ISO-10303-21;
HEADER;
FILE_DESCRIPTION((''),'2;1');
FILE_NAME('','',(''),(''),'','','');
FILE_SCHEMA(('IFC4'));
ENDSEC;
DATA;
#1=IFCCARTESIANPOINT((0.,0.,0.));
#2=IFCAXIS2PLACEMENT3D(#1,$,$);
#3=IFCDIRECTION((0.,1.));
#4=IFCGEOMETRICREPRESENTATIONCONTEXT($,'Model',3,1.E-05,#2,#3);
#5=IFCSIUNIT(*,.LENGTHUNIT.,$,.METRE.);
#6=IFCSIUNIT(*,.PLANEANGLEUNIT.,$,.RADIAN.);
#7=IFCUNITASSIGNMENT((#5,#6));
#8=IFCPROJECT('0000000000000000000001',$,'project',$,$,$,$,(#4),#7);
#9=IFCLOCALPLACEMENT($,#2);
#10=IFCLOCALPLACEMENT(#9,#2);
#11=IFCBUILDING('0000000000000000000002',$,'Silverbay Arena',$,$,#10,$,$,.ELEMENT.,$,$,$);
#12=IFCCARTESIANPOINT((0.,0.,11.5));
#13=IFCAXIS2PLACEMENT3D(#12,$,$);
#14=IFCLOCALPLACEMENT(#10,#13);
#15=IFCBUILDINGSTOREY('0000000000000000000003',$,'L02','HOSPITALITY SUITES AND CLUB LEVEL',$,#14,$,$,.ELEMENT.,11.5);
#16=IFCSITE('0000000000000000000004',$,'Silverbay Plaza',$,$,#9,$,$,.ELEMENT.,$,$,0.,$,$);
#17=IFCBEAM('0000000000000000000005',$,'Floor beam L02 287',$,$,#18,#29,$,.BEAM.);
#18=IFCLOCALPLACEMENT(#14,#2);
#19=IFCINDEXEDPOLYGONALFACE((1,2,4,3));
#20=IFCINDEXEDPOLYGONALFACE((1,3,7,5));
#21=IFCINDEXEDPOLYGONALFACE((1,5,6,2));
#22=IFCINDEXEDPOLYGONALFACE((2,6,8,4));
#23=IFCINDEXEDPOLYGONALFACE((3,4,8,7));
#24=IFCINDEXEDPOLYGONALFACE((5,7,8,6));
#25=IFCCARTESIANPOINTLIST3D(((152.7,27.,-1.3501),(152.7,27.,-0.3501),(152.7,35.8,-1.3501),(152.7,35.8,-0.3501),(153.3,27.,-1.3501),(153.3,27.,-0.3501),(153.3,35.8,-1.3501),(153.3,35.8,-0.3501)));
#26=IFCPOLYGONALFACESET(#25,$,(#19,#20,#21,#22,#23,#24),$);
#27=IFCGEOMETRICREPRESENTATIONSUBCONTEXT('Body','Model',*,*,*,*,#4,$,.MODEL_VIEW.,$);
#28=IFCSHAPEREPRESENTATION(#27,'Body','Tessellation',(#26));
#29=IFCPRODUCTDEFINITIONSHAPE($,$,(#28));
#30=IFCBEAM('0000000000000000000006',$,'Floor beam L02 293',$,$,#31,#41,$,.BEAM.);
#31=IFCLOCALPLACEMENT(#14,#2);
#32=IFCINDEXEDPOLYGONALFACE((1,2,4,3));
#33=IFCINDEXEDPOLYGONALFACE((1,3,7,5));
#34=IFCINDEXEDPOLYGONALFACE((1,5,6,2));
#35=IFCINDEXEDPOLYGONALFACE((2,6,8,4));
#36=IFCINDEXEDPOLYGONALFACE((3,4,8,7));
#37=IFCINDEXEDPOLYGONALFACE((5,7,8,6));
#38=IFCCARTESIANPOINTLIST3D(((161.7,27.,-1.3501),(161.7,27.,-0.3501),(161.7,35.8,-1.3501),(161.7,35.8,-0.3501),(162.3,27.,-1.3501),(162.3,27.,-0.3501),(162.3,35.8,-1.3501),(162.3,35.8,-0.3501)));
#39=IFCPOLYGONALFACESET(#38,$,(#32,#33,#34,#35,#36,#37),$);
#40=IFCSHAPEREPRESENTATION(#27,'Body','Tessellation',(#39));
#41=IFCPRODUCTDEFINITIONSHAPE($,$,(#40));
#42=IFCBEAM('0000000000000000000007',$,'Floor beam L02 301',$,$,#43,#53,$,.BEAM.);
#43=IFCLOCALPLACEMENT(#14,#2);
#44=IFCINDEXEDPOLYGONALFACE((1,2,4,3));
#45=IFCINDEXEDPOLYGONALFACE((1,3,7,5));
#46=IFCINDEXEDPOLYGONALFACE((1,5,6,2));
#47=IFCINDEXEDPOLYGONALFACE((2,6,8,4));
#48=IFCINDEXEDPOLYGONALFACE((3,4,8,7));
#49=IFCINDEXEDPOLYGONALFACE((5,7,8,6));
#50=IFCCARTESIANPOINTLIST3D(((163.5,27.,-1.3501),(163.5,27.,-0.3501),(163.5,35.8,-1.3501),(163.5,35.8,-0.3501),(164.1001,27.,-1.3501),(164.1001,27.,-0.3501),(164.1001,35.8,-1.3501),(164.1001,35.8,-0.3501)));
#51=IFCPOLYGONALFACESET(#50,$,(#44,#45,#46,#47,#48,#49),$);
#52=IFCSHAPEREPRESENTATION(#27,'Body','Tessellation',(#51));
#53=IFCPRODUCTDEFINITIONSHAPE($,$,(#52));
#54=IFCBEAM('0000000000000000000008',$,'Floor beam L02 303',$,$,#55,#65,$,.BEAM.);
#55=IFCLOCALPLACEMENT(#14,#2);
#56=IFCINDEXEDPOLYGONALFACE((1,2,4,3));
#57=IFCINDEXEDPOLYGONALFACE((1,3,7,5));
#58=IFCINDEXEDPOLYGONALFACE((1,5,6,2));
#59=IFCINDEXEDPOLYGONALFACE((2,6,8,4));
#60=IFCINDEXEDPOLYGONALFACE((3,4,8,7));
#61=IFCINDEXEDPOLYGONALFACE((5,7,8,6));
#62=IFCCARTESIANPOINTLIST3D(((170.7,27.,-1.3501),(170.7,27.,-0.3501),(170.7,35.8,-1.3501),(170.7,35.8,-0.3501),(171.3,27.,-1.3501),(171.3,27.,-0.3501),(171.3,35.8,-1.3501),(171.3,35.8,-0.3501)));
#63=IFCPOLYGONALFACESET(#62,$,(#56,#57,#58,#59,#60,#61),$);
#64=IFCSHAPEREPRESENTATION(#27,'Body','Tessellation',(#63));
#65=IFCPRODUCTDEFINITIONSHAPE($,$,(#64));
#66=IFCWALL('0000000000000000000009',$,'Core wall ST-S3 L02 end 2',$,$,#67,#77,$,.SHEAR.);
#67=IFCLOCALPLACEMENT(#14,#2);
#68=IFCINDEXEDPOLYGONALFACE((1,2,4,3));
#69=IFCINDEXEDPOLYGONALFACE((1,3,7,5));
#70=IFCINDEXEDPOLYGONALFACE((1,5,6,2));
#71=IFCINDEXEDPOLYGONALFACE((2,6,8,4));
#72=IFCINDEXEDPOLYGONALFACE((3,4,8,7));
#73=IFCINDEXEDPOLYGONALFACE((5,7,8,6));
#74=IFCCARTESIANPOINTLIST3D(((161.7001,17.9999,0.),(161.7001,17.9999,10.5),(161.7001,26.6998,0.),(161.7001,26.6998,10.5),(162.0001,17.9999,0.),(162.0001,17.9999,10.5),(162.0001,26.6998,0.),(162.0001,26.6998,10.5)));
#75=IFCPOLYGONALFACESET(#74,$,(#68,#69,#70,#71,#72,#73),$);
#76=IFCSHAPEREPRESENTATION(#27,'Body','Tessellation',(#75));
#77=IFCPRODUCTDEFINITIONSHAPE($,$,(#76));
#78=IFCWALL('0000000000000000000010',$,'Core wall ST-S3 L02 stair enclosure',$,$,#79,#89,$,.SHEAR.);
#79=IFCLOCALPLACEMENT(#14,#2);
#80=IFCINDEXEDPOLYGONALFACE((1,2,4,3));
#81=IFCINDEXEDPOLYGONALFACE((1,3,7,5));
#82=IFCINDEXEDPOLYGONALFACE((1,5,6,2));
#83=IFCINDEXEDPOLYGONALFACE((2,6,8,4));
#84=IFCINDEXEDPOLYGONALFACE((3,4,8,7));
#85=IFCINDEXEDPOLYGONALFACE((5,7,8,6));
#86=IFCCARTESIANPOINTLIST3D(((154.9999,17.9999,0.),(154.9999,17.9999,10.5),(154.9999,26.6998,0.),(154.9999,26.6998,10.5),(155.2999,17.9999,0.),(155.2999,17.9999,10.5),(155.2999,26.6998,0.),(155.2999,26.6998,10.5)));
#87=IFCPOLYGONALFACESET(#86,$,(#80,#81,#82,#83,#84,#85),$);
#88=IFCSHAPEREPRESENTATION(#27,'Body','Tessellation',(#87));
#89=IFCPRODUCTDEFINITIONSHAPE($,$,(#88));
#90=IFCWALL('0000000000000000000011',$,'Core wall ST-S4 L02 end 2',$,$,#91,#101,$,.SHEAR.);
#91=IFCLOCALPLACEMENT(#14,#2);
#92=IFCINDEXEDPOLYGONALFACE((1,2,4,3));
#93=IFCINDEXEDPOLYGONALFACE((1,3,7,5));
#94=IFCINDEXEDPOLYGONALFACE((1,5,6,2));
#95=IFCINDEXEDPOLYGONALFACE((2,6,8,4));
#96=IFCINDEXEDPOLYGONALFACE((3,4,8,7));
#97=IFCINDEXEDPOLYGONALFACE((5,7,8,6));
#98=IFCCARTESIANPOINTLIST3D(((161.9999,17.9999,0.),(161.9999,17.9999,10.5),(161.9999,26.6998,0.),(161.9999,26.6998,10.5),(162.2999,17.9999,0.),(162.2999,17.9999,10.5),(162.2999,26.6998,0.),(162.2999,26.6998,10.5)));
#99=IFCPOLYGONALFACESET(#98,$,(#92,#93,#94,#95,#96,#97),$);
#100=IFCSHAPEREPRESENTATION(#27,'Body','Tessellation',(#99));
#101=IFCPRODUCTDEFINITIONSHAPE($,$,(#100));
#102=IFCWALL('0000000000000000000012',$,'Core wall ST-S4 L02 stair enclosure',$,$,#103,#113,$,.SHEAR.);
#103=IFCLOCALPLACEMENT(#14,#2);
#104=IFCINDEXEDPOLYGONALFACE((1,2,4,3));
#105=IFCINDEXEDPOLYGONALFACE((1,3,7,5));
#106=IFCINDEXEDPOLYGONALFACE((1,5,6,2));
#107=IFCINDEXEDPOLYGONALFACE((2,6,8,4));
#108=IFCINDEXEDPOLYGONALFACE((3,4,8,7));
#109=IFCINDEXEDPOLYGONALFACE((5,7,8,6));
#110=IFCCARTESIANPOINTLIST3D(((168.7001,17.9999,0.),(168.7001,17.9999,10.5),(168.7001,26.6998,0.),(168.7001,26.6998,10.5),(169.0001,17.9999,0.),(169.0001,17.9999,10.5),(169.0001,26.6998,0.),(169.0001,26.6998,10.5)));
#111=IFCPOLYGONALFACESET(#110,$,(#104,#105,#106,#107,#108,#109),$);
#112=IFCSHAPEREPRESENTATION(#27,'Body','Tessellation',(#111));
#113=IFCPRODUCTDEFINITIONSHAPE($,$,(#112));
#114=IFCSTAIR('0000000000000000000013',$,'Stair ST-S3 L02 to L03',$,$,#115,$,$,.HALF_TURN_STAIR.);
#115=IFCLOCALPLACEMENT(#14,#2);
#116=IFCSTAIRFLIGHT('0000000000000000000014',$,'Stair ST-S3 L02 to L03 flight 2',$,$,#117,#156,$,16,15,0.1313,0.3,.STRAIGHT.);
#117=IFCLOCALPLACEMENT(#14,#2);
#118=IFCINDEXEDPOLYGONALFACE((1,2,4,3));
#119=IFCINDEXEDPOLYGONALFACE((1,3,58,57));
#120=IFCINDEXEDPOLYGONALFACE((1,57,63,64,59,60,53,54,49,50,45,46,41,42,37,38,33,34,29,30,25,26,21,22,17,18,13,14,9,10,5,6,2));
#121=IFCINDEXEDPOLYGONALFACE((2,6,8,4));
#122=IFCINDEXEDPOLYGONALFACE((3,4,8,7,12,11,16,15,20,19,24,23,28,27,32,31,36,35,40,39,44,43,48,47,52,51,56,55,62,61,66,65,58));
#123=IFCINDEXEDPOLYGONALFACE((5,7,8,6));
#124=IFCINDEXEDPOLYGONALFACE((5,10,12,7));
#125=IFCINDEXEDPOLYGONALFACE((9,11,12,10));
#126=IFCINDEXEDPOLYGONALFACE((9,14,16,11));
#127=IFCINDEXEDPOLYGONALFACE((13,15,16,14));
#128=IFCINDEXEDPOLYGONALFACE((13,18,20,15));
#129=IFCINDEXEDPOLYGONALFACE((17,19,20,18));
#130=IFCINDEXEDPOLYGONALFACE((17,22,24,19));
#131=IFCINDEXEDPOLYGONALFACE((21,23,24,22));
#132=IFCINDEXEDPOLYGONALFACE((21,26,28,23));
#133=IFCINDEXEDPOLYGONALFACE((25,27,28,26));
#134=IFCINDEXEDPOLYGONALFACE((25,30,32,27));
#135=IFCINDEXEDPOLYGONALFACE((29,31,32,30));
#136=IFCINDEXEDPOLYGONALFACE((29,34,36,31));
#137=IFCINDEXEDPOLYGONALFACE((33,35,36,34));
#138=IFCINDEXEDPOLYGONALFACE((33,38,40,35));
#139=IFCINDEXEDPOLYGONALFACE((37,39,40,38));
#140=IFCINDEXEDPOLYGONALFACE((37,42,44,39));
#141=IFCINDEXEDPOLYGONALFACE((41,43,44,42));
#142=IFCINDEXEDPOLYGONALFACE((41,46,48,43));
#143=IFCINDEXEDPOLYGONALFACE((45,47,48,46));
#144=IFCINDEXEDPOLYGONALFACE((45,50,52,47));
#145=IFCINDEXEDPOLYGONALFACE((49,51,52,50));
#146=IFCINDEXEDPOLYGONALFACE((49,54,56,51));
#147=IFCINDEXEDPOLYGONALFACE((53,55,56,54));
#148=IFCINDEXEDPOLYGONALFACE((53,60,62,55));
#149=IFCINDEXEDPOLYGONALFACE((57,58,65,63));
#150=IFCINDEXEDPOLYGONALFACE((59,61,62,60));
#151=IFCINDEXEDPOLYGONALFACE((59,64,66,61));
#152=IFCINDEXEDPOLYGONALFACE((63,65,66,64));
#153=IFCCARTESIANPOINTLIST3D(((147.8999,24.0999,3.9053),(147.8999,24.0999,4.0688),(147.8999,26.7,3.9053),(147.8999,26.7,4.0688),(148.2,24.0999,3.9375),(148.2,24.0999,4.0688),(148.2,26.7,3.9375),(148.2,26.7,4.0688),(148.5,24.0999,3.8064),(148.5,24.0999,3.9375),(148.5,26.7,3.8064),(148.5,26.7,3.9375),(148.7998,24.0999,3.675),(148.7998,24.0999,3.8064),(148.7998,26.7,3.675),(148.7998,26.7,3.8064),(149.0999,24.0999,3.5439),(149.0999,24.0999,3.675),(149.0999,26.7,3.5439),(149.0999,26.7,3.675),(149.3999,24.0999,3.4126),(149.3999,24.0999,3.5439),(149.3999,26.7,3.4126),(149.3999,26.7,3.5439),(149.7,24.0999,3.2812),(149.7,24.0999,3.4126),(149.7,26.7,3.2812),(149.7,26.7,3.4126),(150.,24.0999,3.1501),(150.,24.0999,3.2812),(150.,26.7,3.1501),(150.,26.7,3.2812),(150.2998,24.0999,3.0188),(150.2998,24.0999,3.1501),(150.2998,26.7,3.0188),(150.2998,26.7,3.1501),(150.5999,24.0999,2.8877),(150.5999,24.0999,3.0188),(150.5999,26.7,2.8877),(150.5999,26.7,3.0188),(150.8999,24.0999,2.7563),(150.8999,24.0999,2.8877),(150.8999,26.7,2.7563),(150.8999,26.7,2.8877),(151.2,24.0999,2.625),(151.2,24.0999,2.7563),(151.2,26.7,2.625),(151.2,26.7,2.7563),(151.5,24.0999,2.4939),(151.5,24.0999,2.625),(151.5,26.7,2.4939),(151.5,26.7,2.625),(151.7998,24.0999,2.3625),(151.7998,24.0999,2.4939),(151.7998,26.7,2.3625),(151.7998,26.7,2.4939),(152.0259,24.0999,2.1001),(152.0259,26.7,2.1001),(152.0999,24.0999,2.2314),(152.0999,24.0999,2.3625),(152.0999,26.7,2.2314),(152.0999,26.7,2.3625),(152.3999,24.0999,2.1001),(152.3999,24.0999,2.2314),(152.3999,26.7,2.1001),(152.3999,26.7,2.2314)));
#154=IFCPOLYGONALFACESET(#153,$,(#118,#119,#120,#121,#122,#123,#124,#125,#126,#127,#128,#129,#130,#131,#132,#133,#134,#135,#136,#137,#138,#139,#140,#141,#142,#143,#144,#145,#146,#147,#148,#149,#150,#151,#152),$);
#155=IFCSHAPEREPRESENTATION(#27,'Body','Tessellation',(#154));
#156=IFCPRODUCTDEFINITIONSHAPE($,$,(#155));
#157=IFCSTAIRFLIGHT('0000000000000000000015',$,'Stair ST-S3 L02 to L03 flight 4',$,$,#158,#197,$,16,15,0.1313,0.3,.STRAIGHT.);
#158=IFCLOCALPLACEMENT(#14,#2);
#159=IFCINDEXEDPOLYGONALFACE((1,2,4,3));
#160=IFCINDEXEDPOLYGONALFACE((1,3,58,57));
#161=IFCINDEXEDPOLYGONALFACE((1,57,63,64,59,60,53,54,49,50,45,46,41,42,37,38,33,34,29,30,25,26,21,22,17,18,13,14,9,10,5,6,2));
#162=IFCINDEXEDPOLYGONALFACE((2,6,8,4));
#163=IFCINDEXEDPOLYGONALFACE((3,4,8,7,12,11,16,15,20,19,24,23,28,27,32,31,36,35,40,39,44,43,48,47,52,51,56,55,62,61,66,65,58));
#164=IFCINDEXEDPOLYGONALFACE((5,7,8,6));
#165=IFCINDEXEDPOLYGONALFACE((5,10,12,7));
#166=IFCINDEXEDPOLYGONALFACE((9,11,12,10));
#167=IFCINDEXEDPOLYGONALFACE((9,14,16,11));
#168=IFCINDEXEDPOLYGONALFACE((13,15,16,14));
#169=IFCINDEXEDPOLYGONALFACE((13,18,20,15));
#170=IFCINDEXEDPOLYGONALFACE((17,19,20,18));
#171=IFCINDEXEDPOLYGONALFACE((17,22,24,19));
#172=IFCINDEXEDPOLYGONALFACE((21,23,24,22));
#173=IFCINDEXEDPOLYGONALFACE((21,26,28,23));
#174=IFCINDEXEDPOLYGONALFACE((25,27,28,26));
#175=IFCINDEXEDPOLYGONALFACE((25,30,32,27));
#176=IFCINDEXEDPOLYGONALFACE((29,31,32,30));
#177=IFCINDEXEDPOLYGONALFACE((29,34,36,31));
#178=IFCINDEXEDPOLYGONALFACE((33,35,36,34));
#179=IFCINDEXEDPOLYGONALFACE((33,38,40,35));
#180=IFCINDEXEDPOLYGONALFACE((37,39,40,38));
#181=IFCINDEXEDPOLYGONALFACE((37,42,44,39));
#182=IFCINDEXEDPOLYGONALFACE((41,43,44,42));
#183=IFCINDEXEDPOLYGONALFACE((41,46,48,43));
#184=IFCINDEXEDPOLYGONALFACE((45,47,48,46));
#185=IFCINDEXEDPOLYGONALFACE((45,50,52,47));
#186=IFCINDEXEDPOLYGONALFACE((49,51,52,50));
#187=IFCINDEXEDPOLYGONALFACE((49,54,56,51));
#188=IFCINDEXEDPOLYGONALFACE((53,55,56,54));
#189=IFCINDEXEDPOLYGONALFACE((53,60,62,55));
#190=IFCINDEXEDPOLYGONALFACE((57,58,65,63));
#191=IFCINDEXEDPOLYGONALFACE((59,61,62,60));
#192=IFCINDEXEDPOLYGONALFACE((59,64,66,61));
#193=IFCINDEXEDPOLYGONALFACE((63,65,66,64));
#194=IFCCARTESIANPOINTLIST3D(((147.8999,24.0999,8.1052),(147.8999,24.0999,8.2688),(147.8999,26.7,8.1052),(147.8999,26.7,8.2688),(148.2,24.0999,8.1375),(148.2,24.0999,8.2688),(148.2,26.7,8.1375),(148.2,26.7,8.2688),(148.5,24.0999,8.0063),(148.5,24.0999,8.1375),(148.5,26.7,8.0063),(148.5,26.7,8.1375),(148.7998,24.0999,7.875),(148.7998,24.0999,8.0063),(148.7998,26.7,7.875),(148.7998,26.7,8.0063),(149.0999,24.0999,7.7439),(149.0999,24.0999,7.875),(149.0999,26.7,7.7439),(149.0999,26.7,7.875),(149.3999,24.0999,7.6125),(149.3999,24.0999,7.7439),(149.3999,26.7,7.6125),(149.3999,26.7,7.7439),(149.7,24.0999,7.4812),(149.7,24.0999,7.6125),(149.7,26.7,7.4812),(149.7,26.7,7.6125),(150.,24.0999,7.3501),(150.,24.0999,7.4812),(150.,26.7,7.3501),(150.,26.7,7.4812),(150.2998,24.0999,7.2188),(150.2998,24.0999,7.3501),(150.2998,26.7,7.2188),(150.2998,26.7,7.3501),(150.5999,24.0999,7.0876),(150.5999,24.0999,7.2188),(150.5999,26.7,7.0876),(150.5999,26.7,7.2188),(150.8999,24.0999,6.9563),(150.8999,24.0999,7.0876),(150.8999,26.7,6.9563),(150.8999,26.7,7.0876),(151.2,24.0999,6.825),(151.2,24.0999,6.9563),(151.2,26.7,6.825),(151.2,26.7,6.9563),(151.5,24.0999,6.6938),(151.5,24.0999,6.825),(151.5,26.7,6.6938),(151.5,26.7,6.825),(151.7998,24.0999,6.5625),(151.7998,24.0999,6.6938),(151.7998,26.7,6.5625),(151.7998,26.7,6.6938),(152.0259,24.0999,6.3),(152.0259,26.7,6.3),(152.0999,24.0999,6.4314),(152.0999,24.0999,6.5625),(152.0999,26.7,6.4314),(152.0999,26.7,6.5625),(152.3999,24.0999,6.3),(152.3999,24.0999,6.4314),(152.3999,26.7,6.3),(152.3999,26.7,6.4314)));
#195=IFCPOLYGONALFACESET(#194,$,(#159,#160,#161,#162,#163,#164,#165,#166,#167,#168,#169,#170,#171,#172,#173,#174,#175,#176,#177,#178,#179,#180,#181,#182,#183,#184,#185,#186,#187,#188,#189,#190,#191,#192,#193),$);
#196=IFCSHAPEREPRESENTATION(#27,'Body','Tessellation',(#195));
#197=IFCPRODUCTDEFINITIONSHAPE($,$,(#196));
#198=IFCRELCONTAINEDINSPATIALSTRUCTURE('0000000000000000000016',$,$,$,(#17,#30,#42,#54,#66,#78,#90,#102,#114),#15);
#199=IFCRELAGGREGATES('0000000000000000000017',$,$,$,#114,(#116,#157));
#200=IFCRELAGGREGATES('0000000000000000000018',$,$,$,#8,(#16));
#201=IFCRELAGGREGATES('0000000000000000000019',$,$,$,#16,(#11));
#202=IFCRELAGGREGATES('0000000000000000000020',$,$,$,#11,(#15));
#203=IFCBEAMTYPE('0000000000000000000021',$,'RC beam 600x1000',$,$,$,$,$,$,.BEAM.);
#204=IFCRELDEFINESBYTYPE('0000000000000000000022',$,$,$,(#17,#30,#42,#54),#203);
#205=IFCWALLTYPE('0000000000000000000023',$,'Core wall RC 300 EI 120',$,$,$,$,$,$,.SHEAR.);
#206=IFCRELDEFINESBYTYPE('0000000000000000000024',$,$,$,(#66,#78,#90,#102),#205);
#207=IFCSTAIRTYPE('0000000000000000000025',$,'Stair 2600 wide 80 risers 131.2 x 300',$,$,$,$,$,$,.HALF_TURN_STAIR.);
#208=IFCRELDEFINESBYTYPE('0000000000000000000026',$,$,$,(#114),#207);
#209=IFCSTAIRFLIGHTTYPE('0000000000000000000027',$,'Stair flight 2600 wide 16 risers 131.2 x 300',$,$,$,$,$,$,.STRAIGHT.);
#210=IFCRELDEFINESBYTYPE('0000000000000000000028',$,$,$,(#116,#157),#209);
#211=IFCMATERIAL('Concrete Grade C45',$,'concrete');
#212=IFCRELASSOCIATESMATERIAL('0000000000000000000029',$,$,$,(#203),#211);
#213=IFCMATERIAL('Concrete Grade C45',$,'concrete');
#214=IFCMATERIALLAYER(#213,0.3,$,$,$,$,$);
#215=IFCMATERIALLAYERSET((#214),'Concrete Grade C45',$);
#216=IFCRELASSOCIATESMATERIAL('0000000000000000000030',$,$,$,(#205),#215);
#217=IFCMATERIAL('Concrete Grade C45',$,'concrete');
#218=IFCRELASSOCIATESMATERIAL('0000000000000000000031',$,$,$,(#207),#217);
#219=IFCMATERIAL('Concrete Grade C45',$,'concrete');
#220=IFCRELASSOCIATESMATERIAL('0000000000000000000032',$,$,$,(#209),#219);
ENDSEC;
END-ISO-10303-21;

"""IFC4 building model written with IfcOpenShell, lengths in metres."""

from ifc_helpers import new_model, si_unit, direction, frame, frame_2d, origin, origin_2d, place, context, subcontext, project, spatial, polyline, rectangle, outline, extrude, material, layer, layer_set, material_profile, profile_set, type_object, element, aggregate, save


model = new_model("IFC4")

# Units and contexts
model_context = context("Model", 3, precision=1e-05, world=origin(), true_north=direction((0.0, 1.0)))
body_context = subcontext(model_context, "Body", "Model", "MODEL_VIEW")
ifc_project = project(units=[si_unit("LENGTHUNIT", "METRE"), si_unit("PLANEANGLEUNIT", "RADIAN")], contexts=[model_context])

# Site, building, storey
site_placement = place(None, origin())
site = spatial("IfcSite", under=ifc_project, at=site_placement, Name="Silverbay Plaza", CompositionType="ELEMENT", RefElevation=0.0)
building_placement = place(site_placement, origin())
building = spatial("IfcBuilding", under=site, at=building_placement, Name="Silverbay Arena", CompositionType="ELEMENT")
storey_placement = place(building_placement, frame((0.0, 0.0, 11.5)))
storey = spatial("IfcBuildingStorey", under=building, at=storey_placement, Name="L02", Description="HOSPITALITY SUITES AND CLUB LEVEL", CompositionType="ELEMENT", Elevation=11.5)

# Beams
ifc_material_1 = material(Name="Concrete Grade C45", Category="concrete")
ifc_material_profile_1 = material_profile(ifc_material_1, rectangle(XDim=0.6001, YDim=1.0, at=origin_2d()), Name="RC 600x1000")
ifc_profile_set_1 = profile_set([ifc_material_profile_1], Name="Concrete Grade C45")
beam_type = type_object("IfcBeamType", Name="RC beam 600x1000", PredefinedType="BEAM", material=ifc_profile_set_1)
for number, where, z_axis, x_axis, name in (
    (1, (153.0, 27.0, -0.8501), (0.0, 1.0, 0.0), (-1.0, 0.0, 0.0), "Floor beam L02 287"),
    (2, (162.0, 27.0, -0.8501), (0.0, 1.0, 0.0), (-1.0, 0.0, 0.0), "Floor beam L02 293"),
    (3, (163.8, 27.0, -0.8501), (0.0, 1.0, 0.0), (-1.0, 0.0, 0.0), "Floor beam L02 301"),
    (4, (171.0, 27.0, -0.8501), (0.0, 1.0, 0.0), (-1.0, 0.0, 0.0), "Floor beam L02 303"),
):
    element("IfcBeam", number, at=place(storey_placement, frame(where, z_axis=z_axis, x_axis=x_axis)), inside=storey, type_object=beam_type, Name=name, PredefinedType="BEAM", context=body_context, shape_type="SweptSolid", body=[
        extrude(rectangle(XDim=0.6001, YDim=1.0, at=origin_2d()), origin(), (0.0, 0.0, 1.0), 8.8),
    ])

# Walls
ifc_material_2 = material(Name="Concrete Grade C45", Category="concrete")
ifc_layer = layer(ifc_material_2, 0.3)
ifc_layer_set = layer_set([ifc_layer], Name="Concrete Grade C45")
wall_type = type_object("IfcWallType", Name="Core wall RC 300 EI 120", PredefinedType="SHEAR", material=ifc_layer_set)
for number, where, z_axis, x_axis, name in (
    (5, (161.8501, 26.7, 0.0), (0.0, 0.0, 1.0), (0.0, -1.0, 0.0), "Core wall ST-S3 L02 end 2"),
    (6, (155.1499, 26.7, 0.0), (0.0, 0.0, 1.0), (0.0, -1.0, 0.0), "Core wall ST-S3 L02 stair enclosure"),
    (7, (162.1499, 26.7, 0.0), (0.0, 0.0, 1.0), (0.0, -1.0, 0.0), "Core wall ST-S4 L02 end 2"),
    (8, (168.8501, 26.7, 0.0), (0.0, 0.0, 1.0), (0.0, -1.0, 0.0), "Core wall ST-S4 L02 stair enclosure"),
):
    element("IfcWall", number, at=place(storey_placement, frame(where, z_axis=z_axis, x_axis=x_axis)), inside=storey, type_object=wall_type, Name=name, PredefinedType="SHEAR", context=body_context, shape_type="SweptSolid", body=[
        extrude(rectangle(XDim=8.7, YDim=0.3, at=frame_2d((4.3501, 0.0))), origin(), (0.0, 0.0, 1.0), 10.5),
    ])

# Stair, stair flights
ifc_material_3 = material(Name="Concrete Grade C45", Category="concrete")
stair_type = type_object("IfcStairType", Name="Stair 2600 wide 80 risers 131.2 x 300", PredefinedType="HALF_TURN_STAIR", material=ifc_material_3)
stair_placement = place(storey_placement, origin())
stair = element("IfcStair", 9, at=stair_placement, inside=storey, type_object=stair_type, Name="Stair ST-S3 L02 to L03", PredefinedType="HALF_TURN_STAIR")
ifc_material_4 = material(Name="Concrete Grade C45", Category="concrete")
stair_flight_type = type_object("IfcStairFlightType", Name="Stair flight 2600 wide 16 risers 131.2 x 300", PredefinedType="STRAIGHT", material=ifc_material_4)
stair_flight_1_placement = place(storey_placement, frame((152.3999, 25.3999, 2.1001), z_axis=(0.0, 0.0, 1.0), x_axis=(-1.0, 0.0, 0.0)))
stair_flight_1 = element("IfcStairFlight", 10, at=stair_flight_1_placement, type_object=stair_flight_type, Name="Stair ST-S3 L02 to L03 flight 2", NumberOfRisers=16, NumberOfTreads=15, PredefinedType="STRAIGHT", RiserHeight=0.1313, TreadLength=0.3, context=body_context, shape_type="SweptSolid", body=[
    extrude(outline(polyline([(0.0, 0.0), (0.0, 0.1313), (0.3, 0.1313), (0.3, 0.2625), (0.6001, 0.2625), (0.6001, 0.3938), (0.8999, 0.3938), (0.8999, 0.5249), (1.2, 0.5249), (1.2, 0.6562), (1.5, 0.6562), (1.5, 0.7876), (1.8, 0.7876), (1.8, 0.9187), (2.1001, 0.9187), (2.1001, 1.05), (2.3999, 1.05), (2.3999, 1.1812), (2.7, 1.1812), (2.7, 1.3125), (3.0, 1.3125), (3.0, 1.4438), (3.3, 1.4438), (3.3, 1.575), (3.6001, 1.575), (3.6001, 1.7063), (3.8999, 1.7063), (3.8999, 1.8374), (4.2, 1.8374), (4.2, 1.9688), (4.5, 1.9688), (4.5, 1.8052), (0.374, 0.0), (0.0, 0.0)])), frame((0.0, 1.3, 0.0), z_axis=(0.0, -1.0, 0.0), x_axis=(1.0, 0.0, 0.0)), (0.0, 0.0, 1.0), 2.6001),
])
stair_flight_2_placement = place(storey_placement, frame((152.3999, 25.3999, 6.3), z_axis=(0.0, 0.0, 1.0), x_axis=(-1.0, 0.0, 0.0)))
stair_flight_2 = element("IfcStairFlight", 11, at=stair_flight_2_placement, type_object=stair_flight_type, Name="Stair ST-S3 L02 to L03 flight 4", NumberOfRisers=16, NumberOfTreads=15, PredefinedType="STRAIGHT", RiserHeight=0.1313, TreadLength=0.3, context=body_context, shape_type="SweptSolid", body=[
    extrude(outline(polyline([(0.0, 0.0), (0.0, 0.1313), (0.3, 0.1313), (0.3, 0.2625), (0.6001, 0.2625), (0.6001, 0.3938), (0.8999, 0.3938), (0.8999, 0.5249), (1.2, 0.5249), (1.2, 0.6562), (1.5, 0.6562), (1.5, 0.7876), (1.8, 0.7876), (1.8, 0.9187), (2.1001, 0.9187), (2.1001, 1.05), (2.3999, 1.05), (2.3999, 1.1812), (2.7, 1.1812), (2.7, 1.3125), (3.0, 1.3125), (3.0, 1.4438), (3.3, 1.4438), (3.3, 1.575), (3.6001, 1.575), (3.6001, 1.7063), (3.8999, 1.7063), (3.8999, 1.8374), (4.2, 1.8374), (4.2, 1.9688), (4.5, 1.9688), (4.5, 1.8052), (0.374, 0.0), (0.0, 0.0)])), frame((0.0, 1.3, 0.0), z_axis=(0.0, -1.0, 0.0), x_axis=(1.0, 0.0, 0.0)), (0.0, 0.0, 1.0), 2.6001),
])
aggregate(stair, [stair_flight_1, stair_flight_2])

save(model, "model.ifc")
